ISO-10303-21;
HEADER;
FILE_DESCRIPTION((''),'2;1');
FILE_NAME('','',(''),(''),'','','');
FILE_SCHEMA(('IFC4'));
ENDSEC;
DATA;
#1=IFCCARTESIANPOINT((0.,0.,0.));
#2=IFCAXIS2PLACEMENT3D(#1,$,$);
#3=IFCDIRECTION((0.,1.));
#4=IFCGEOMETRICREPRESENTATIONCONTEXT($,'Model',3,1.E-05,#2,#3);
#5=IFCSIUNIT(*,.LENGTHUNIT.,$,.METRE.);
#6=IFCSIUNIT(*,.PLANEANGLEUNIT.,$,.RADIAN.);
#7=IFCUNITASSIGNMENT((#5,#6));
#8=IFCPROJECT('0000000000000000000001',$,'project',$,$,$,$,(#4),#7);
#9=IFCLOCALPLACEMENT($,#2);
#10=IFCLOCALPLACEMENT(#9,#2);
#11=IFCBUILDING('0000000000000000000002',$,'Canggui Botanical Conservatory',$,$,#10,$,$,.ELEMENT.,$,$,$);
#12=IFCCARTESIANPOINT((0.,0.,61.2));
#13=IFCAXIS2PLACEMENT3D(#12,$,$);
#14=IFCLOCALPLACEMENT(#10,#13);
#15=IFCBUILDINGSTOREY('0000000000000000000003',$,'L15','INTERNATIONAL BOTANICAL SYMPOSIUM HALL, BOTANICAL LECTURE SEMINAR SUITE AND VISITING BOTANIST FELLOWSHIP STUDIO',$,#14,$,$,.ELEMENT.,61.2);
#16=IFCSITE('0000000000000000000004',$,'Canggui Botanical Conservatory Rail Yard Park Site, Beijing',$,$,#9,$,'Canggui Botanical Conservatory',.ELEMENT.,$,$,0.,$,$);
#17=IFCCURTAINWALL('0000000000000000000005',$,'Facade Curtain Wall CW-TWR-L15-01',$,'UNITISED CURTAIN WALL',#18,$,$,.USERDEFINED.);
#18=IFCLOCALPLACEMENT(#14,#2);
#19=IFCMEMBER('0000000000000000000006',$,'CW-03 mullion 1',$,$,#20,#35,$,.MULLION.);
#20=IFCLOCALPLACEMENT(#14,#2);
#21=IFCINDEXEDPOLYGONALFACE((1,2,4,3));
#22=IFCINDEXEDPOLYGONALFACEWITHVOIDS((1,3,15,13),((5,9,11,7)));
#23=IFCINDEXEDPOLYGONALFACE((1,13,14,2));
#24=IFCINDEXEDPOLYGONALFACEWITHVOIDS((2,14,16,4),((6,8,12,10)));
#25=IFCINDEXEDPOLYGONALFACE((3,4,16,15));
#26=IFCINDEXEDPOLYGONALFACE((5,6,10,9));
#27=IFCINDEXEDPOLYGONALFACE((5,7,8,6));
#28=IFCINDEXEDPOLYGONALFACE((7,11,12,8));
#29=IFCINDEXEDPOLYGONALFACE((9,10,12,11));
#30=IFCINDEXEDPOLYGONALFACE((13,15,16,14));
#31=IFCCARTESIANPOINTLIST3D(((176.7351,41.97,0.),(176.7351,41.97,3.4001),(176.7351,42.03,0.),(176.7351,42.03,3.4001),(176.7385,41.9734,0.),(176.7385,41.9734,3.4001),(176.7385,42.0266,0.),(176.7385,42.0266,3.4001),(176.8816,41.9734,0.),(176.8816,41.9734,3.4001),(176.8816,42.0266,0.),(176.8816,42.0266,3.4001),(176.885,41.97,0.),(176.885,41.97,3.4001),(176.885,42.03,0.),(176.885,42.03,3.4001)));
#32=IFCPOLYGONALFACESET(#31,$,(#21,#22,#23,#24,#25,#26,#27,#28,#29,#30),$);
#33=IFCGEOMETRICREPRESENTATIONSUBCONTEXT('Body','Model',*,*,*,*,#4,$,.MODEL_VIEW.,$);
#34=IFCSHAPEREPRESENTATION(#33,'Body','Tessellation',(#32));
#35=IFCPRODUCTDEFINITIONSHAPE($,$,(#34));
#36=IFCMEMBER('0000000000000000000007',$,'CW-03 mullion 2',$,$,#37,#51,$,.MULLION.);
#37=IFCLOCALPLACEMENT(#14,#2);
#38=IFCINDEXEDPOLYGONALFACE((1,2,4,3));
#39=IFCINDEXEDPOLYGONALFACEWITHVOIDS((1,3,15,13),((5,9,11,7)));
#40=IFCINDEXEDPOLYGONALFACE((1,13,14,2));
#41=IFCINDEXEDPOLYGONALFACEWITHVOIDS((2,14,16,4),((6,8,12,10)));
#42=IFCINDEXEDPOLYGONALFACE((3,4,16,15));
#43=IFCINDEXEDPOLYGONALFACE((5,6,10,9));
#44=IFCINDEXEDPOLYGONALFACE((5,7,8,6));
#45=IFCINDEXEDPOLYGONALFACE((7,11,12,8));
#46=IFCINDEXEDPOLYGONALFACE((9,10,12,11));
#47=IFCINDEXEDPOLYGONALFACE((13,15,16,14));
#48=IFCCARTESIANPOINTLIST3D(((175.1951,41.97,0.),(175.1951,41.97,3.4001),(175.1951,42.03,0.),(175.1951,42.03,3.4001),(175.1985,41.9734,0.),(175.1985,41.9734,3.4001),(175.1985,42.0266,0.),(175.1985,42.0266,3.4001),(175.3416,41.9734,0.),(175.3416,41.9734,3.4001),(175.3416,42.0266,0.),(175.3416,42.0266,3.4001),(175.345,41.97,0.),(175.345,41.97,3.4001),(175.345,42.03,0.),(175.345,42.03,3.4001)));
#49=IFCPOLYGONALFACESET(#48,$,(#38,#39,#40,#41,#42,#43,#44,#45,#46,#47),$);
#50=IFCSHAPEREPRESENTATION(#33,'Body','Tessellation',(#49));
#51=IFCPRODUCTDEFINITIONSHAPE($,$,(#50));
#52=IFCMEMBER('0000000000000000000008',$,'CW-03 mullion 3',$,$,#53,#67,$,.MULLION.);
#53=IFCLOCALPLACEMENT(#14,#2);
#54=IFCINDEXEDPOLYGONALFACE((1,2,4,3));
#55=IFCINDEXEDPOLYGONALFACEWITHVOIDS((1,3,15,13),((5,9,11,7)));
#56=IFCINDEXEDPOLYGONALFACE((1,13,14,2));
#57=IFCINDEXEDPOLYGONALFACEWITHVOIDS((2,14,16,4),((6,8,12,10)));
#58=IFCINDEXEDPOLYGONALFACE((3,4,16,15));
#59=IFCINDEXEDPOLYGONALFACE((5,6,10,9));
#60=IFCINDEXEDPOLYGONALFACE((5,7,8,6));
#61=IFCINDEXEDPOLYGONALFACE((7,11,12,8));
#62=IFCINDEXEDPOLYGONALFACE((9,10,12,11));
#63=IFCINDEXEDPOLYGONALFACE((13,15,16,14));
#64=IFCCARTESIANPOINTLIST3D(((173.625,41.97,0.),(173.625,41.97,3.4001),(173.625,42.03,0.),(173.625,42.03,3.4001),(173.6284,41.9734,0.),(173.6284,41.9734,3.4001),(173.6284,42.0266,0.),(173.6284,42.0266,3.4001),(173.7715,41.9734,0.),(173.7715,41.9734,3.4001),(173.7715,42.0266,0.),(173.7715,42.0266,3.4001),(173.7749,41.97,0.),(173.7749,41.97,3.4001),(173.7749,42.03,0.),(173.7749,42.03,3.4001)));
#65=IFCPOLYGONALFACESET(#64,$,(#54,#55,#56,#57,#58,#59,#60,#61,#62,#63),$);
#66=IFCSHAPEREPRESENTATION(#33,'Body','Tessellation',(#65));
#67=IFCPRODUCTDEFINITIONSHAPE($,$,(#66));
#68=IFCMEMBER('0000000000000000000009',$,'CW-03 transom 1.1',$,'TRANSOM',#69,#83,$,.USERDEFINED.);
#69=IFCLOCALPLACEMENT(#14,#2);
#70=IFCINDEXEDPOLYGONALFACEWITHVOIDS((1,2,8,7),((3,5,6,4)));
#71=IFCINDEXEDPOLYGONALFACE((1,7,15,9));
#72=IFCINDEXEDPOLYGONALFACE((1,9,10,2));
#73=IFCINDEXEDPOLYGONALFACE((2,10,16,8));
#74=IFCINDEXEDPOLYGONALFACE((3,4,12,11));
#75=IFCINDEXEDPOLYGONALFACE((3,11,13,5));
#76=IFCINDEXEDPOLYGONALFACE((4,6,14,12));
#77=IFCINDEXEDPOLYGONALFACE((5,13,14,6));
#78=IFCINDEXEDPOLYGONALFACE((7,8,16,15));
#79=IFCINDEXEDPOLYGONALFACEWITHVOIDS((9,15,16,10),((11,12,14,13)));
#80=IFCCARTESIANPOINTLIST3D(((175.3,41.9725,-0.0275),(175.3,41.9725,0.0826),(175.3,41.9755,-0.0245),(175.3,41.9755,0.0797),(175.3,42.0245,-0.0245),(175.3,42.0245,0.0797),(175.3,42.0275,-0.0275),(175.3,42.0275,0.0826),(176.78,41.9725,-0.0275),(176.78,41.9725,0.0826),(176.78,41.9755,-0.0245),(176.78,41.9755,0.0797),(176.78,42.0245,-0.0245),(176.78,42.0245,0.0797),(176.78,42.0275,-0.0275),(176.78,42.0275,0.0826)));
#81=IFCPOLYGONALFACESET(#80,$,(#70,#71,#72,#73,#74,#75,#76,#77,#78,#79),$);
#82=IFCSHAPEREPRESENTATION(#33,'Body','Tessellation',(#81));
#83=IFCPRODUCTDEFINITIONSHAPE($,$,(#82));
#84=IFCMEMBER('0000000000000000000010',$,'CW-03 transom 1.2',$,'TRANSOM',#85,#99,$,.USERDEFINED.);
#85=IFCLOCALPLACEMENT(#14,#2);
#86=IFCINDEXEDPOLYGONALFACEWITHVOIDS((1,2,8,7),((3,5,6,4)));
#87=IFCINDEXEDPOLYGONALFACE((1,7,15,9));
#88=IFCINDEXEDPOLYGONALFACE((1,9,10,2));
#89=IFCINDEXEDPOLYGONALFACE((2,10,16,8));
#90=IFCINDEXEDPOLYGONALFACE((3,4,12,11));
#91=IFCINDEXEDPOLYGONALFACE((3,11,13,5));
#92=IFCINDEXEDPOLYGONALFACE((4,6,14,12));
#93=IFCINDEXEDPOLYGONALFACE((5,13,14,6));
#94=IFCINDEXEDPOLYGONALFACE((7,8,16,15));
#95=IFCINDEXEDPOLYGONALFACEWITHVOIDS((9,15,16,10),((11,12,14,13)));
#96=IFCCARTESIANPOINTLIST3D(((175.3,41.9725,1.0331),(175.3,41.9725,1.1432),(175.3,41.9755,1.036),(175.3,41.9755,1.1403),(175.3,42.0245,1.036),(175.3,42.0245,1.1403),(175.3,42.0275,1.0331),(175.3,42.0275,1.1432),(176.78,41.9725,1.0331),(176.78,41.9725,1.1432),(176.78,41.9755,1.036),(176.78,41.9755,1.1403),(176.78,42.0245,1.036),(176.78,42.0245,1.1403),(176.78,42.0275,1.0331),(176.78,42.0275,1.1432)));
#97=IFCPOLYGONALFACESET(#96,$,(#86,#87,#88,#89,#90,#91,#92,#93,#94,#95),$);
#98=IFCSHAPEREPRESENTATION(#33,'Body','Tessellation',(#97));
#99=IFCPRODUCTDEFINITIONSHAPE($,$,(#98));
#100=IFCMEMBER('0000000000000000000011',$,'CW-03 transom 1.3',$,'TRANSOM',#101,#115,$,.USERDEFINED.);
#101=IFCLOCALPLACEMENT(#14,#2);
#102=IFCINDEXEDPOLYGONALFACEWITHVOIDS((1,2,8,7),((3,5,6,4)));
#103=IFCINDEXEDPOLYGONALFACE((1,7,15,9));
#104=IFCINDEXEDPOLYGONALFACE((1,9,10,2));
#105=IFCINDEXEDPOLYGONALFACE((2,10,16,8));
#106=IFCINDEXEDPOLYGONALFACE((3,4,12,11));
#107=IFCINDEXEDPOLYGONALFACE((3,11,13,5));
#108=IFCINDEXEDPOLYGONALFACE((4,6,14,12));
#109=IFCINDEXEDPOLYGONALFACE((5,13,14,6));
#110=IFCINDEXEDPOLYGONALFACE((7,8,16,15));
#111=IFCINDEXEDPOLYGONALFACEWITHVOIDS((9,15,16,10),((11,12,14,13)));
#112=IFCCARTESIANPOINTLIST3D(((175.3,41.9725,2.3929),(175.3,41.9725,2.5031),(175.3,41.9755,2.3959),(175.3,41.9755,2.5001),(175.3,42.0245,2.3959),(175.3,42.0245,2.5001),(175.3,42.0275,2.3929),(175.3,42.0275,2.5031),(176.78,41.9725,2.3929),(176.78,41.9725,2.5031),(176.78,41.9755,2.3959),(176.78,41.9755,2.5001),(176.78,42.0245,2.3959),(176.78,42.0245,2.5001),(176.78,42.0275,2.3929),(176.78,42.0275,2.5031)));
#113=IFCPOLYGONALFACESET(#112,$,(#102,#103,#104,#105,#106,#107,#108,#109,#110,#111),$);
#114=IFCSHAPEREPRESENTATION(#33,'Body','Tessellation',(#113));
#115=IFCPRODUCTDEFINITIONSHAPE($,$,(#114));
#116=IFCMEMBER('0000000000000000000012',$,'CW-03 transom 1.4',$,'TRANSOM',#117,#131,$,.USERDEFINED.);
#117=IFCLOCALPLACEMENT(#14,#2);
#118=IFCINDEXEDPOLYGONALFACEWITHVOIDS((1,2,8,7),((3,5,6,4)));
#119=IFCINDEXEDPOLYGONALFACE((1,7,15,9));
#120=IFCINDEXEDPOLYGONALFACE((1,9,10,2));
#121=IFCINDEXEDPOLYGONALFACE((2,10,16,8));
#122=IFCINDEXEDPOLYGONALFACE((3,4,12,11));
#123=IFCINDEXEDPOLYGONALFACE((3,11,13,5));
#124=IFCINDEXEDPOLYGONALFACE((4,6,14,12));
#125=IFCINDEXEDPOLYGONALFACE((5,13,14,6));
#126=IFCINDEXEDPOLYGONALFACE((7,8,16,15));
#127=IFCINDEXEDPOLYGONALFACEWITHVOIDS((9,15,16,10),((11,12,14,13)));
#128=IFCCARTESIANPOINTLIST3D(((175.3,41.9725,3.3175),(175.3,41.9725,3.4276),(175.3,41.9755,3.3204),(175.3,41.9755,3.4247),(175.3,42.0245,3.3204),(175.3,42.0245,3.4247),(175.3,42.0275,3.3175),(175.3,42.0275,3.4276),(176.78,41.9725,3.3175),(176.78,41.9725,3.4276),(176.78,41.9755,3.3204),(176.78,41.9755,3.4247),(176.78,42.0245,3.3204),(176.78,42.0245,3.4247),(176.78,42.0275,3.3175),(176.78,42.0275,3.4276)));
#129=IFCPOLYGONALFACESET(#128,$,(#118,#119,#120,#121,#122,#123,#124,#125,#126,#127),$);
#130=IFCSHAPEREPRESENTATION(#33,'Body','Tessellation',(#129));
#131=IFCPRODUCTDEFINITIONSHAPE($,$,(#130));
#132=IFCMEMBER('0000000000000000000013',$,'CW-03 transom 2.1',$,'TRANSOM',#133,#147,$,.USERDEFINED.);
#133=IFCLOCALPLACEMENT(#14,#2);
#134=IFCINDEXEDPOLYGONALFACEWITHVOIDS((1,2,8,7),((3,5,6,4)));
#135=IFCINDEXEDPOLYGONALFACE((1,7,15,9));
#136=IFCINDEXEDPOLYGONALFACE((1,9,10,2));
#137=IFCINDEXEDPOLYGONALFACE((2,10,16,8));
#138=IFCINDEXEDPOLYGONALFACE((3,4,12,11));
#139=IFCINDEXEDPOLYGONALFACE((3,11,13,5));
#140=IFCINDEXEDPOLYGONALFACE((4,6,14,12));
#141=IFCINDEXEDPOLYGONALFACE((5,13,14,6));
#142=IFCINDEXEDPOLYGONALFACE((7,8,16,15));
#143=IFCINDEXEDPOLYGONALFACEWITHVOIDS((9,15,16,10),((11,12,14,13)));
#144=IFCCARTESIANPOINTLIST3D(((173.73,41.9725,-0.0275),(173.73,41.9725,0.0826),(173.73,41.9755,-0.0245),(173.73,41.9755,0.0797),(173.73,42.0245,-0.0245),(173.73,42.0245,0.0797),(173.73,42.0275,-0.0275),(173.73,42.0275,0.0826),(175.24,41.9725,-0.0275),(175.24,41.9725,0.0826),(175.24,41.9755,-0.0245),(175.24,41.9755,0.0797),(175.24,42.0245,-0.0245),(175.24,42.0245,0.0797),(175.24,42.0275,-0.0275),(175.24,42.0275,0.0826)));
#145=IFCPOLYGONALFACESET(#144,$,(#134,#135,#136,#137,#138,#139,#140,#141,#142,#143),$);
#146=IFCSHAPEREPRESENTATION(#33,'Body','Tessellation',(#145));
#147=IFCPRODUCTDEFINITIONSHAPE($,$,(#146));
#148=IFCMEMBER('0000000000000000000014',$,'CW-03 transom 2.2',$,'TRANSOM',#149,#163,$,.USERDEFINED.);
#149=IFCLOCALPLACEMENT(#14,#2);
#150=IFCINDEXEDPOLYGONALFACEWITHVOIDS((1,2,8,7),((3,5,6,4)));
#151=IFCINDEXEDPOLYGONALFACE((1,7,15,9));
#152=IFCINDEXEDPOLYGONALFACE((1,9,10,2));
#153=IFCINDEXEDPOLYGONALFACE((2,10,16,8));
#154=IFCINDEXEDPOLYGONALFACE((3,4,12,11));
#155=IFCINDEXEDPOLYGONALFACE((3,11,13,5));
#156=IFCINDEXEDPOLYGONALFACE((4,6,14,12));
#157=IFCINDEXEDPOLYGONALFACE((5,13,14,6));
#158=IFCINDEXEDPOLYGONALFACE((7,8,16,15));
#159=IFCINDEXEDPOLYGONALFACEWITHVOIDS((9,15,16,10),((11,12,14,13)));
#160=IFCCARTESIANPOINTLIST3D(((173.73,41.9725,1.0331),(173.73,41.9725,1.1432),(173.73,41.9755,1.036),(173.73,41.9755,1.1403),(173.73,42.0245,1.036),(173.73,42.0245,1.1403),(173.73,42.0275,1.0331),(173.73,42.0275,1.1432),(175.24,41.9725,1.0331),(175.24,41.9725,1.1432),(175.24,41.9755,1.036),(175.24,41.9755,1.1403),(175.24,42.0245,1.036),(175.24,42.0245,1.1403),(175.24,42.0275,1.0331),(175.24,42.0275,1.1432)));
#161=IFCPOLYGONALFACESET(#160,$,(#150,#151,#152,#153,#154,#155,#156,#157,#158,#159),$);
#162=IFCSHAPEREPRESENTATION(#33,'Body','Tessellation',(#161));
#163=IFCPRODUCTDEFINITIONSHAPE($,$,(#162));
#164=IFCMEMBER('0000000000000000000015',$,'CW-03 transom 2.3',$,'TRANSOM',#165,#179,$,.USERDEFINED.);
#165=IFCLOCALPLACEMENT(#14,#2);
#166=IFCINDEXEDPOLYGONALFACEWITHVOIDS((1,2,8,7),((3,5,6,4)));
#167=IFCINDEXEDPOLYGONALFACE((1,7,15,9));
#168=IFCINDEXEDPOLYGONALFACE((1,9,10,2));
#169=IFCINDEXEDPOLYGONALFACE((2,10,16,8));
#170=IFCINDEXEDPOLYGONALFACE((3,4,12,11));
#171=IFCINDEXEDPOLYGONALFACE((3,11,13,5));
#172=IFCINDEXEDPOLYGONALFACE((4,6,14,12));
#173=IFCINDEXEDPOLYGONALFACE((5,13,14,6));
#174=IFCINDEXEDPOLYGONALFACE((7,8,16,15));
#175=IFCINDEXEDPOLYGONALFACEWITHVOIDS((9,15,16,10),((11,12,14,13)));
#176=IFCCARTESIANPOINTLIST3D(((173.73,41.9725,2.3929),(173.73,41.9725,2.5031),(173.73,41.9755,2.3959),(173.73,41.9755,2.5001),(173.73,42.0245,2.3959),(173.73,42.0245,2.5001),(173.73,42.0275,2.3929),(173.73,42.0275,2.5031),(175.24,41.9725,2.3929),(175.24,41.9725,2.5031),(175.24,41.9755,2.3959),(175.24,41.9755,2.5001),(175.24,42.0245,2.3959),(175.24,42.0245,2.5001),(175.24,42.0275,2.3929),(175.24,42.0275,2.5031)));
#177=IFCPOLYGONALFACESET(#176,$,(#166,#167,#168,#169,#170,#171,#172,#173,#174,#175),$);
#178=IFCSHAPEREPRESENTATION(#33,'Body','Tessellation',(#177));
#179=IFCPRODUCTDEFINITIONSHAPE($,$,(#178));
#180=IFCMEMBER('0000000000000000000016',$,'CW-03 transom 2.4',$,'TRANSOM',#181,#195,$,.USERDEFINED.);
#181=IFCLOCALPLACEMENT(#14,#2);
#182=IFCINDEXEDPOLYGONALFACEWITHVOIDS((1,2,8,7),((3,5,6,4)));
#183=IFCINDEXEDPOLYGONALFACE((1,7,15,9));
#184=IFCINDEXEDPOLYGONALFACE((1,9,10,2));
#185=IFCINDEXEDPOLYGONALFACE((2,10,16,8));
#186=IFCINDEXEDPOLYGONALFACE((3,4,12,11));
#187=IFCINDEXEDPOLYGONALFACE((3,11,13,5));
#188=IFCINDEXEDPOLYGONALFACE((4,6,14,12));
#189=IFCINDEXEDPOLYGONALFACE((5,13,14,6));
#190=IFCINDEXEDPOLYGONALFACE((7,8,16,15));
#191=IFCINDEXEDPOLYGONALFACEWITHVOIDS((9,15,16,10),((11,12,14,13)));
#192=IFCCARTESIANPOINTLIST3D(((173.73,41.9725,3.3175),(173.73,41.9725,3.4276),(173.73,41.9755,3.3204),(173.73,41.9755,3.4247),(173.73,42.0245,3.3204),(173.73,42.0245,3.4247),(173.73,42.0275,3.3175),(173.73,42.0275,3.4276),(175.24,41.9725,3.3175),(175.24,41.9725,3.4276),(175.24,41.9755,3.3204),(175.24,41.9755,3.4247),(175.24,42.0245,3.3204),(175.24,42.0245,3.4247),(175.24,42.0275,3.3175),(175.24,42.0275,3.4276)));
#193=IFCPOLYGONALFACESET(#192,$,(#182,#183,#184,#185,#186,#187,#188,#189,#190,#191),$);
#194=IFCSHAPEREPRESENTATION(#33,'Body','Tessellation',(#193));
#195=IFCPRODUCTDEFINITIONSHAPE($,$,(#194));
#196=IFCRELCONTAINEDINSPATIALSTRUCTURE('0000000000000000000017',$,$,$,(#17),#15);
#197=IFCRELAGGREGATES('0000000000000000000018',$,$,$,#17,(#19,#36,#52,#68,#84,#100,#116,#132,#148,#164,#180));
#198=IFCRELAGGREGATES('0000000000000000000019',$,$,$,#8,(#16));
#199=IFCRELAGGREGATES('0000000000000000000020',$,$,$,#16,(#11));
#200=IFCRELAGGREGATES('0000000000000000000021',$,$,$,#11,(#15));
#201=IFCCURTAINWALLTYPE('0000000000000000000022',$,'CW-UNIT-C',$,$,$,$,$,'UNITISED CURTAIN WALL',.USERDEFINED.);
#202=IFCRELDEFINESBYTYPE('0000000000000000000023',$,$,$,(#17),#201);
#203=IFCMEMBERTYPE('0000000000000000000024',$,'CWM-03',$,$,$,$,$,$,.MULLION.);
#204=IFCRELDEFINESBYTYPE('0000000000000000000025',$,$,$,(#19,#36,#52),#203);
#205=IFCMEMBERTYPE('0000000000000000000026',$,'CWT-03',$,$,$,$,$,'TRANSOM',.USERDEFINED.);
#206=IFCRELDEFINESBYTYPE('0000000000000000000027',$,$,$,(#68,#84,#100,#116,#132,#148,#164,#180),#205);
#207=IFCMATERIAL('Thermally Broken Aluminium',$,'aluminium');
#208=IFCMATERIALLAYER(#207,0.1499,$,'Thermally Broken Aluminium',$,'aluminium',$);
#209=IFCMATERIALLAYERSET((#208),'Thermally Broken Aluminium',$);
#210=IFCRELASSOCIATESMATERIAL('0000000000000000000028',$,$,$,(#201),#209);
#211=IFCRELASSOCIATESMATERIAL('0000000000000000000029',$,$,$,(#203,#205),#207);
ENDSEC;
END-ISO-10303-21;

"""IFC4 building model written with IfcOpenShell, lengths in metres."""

from ifc_helpers import new_model, si_unit, direction, frame, origin, origin_2d, place, context, subcontext, project, spatial, hollow_rectangle, extrude, material, layer, layer_set, material_profile, profile_set, type_object, element, aggregate, save


model = new_model("IFC4")

# Units and contexts
model_context = context("Model", 3, precision=1e-05, world=origin(), true_north=direction((0.0, 1.0)))
body_context = subcontext(model_context, "Body", "Model", "MODEL_VIEW")
ifc_project = project(units=[si_unit("LENGTHUNIT", "METRE"), si_unit("PLANEANGLEUNIT", "RADIAN")], contexts=[model_context])

# Site, building, storey
site_placement = place(None, origin())
site = spatial("IfcSite", under=ifc_project, at=site_placement, Name="Canggui Botanical Conservatory Rail Yard Park Site, Beijing", LongName="Canggui Botanical Conservatory", CompositionType="ELEMENT", RefElevation=0.0)
building_placement = place(site_placement, origin())
building = spatial("IfcBuilding", under=site, at=building_placement, Name="Canggui Botanical Conservatory", CompositionType="ELEMENT")
storey_placement = place(building_placement, frame((0.0, 0.0, 61.2)))
storey = spatial("IfcBuildingStorey", under=building, at=storey_placement, Name="L15", Description="INTERNATIONAL BOTANICAL SYMPOSIUM HALL, BOTANICAL LECTURE SEMINAR SUITE AND VISITING BOTANIST FELLOWSHIP STUDIO", CompositionType="ELEMENT", Elevation=61.2)

# Curtain wall, members
ifc_material_1 = material(Name="Thermally Broken Aluminium", Category="aluminium")
ifc_layer_1 = layer(ifc_material_1, 0.1499, Name="Thermally Broken Aluminium", Category="aluminium")
ifc_layer_set_1 = layer_set([ifc_layer_1], Name="Thermally Broken Aluminium")
curtain_wall_type = type_object("IfcCurtainWallType", Name="CW-UNIT-C", ElementType="UNITISED CURTAIN WALL", PredefinedType="USERDEFINED", material=ifc_layer_set_1)
curtain_wall_placement = place(storey_placement, origin())
curtain_wall = element("IfcCurtainWall", 1, at=curtain_wall_placement, inside=storey, type_object=curtain_wall_type, Name="Facade Curtain Wall CW-TWR-L15-01", ObjectType="UNITISED CURTAIN WALL", PredefinedType="USERDEFINED")
ifc_material_profile_1 = material_profile(ifc_material_1, hollow_rectangle(XDim=0.0601, YDim=0.1499, WallThickness=0.0034, at=origin_2d()), Name="CWM 60x150x3.5")
ifc_profile_set_1 = profile_set([ifc_material_profile_1], Name="Thermally Broken Aluminium")
member_type_1 = type_object("IfcMemberType", Name="CWM-03", PredefinedType="MULLION", material=ifc_profile_set_1)
member_1_placement = place(storey_placement, frame((176.8101, 42.0, 0.0), z_axis=(0.0, 0.0, 1.0), x_axis=(0.0, -1.0, 0.0)))
member_1 = element("IfcMember", 2, at=member_1_placement, type_object=member_type_1, Name="CW-03 mullion 1", PredefinedType="MULLION", context=body_context, shape_type="SweptSolid", body=[
    extrude(hollow_rectangle(XDim=0.0601, YDim=0.1499, WallThickness=0.0034, at=origin_2d()), origin(), (0.0, 0.0, 1.0), 3.4001),
])
member_2_placement = place(storey_placement, frame((175.27, 42.0, 0.0), z_axis=(0.0, 0.0, 1.0), x_axis=(0.0, -1.0, 0.0)))
member_2 = element("IfcMember", 3, at=member_2_placement, type_object=member_type_1, Name="CW-03 mullion 2", PredefinedType="MULLION", context=body_context, shape_type="SweptSolid", body=[
    extrude(hollow_rectangle(XDim=0.0601, YDim=0.1499, WallThickness=0.0034, at=origin_2d()), origin(), (0.0, 0.0, 1.0), 3.4001),
])
member_3_placement = place(storey_placement, frame((173.7, 42.0, 0.0), z_axis=(0.0, 0.0, 1.0), x_axis=(0.0, -1.0, 0.0)))
member_3 = element("IfcMember", 4, at=member_3_placement, type_object=member_type_1, Name="CW-03 mullion 3", PredefinedType="MULLION", context=body_context, shape_type="SweptSolid", body=[
    extrude(hollow_rectangle(XDim=0.0601, YDim=0.1499, WallThickness=0.0034, at=origin_2d()), origin(), (0.0, 0.0, 1.0), 3.4001),
])
ifc_material_profile_2 = material_profile(ifc_material_1, hollow_rectangle(XDim=0.0549, YDim=0.1101, WallThickness=0.0029, at=origin_2d()), Name="CWT 55x110x3")
ifc_profile_set_2 = profile_set([ifc_material_profile_2], Name="Thermally Broken Aluminium")
member_type_2 = type_object("IfcMemberType", Name="CWT-03", ElementType="TRANSOM", PredefinedType="USERDEFINED", material=ifc_profile_set_2)
member_4_placement = place(storey_placement, frame((176.78, 42.0, 0.0276), z_axis=(-1.0, 0.0, 0.0), x_axis=(0.0, -1.0, 0.0)))
member_4 = element("IfcMember", 5, at=member_4_placement, type_object=member_type_2, Name="CW-03 transom 1.1", ObjectType="TRANSOM", PredefinedType="USERDEFINED", context=body_context, shape_type="SweptSolid", body=[
    extrude(hollow_rectangle(XDim=0.0549, YDim=0.1101, WallThickness=0.0029, at=origin_2d()), origin(), (0.0, 0.0, 1.0), 1.48),
])
member_5_placement = place(storey_placement, frame((176.78, 42.0, 1.0881), z_axis=(-1.0, 0.0, 0.0), x_axis=(0.0, -1.0, 0.0)))
member_5 = element("IfcMember", 6, at=member_5_placement, type_object=member_type_2, Name="CW-03 transom 1.2", ObjectType="TRANSOM", PredefinedType="USERDEFINED", context=body_context, shape_type="SweptSolid", body=[
    extrude(hollow_rectangle(XDim=0.0549, YDim=0.1101, WallThickness=0.0029, at=origin_2d()), origin(), (0.0, 0.0, 1.0), 1.48),
])
member_6_placement = place(storey_placement, frame((176.78, 42.0, 2.448), z_axis=(-1.0, 0.0, 0.0), x_axis=(0.0, -1.0, 0.0)))
member_6 = element("IfcMember", 7, at=member_6_placement, type_object=member_type_2, Name="CW-03 transom 1.3", ObjectType="TRANSOM", PredefinedType="USERDEFINED", context=body_context, shape_type="SweptSolid", body=[
    extrude(hollow_rectangle(XDim=0.0549, YDim=0.1101, WallThickness=0.0029, at=origin_2d()), origin(), (0.0, 0.0, 1.0), 1.48),
])
member_7_placement = place(storey_placement, frame((176.78, 42.0, 3.3726), z_axis=(-1.0, 0.0, 0.0), x_axis=(0.0, -1.0, 0.0)))
member_7 = element("IfcMember", 8, at=member_7_placement, type_object=member_type_2, Name="CW-03 transom 1.4", ObjectType="TRANSOM", PredefinedType="USERDEFINED", context=body_context, shape_type="SweptSolid", body=[
    extrude(hollow_rectangle(XDim=0.0549, YDim=0.1101, WallThickness=0.0029, at=origin_2d()), origin(), (0.0, 0.0, 1.0), 1.48),
])
member_8_placement = place(storey_placement, frame((175.24, 42.0, 0.0276), z_axis=(-1.0, 0.0, 0.0), x_axis=(0.0, -1.0, 0.0)))
member_8 = element("IfcMember", 9, at=member_8_placement, type_object=member_type_2, Name="CW-03 transom 2.1", ObjectType="TRANSOM", PredefinedType="USERDEFINED", context=body_context, shape_type="SweptSolid", body=[
    extrude(hollow_rectangle(XDim=0.0549, YDim=0.1101, WallThickness=0.0029, at=origin_2d()), origin(), (0.0, 0.0, 1.0), 1.51),
])
member_9_placement = place(storey_placement, frame((175.24, 42.0, 1.0881), z_axis=(-1.0, 0.0, 0.0), x_axis=(0.0, -1.0, 0.0)))
member_9 = element("IfcMember", 10, at=member_9_placement, type_object=member_type_2, Name="CW-03 transom 2.2", ObjectType="TRANSOM", PredefinedType="USERDEFINED", context=body_context, shape_type="SweptSolid", body=[
    extrude(hollow_rectangle(XDim=0.0549, YDim=0.1101, WallThickness=0.0029, at=origin_2d()), origin(), (0.0, 0.0, 1.0), 1.51),
])
member_10_placement = place(storey_placement, frame((175.24, 42.0, 2.448), z_axis=(-1.0, 0.0, 0.0), x_axis=(0.0, -1.0, 0.0)))
member_10 = element("IfcMember", 11, at=member_10_placement, type_object=member_type_2, Name="CW-03 transom 2.3", ObjectType="TRANSOM", PredefinedType="USERDEFINED", context=body_context, shape_type="SweptSolid", body=[
    extrude(hollow_rectangle(XDim=0.0549, YDim=0.1101, WallThickness=0.0029, at=origin_2d()), origin(), (0.0, 0.0, 1.0), 1.51),
])
member_11_placement = place(storey_placement, frame((175.24, 42.0, 3.3726), z_axis=(-1.0, 0.0, 0.0), x_axis=(0.0, -1.0, 0.0)))
member_11 = element("IfcMember", 12, at=member_11_placement, type_object=member_type_2, Name="CW-03 transom 2.4", ObjectType="TRANSOM", PredefinedType="USERDEFINED", context=body_context, shape_type="SweptSolid", body=[
    extrude(hollow_rectangle(XDim=0.0549, YDim=0.1101, WallThickness=0.0029, at=origin_2d()), origin(), (0.0, 0.0, 1.0), 1.51),
])
aggregate(curtain_wall, [member_1, member_2, member_3, member_4, member_5, member_6, member_7, member_8, member_9, member_10, member_11])

save(model, "model.ifc")
